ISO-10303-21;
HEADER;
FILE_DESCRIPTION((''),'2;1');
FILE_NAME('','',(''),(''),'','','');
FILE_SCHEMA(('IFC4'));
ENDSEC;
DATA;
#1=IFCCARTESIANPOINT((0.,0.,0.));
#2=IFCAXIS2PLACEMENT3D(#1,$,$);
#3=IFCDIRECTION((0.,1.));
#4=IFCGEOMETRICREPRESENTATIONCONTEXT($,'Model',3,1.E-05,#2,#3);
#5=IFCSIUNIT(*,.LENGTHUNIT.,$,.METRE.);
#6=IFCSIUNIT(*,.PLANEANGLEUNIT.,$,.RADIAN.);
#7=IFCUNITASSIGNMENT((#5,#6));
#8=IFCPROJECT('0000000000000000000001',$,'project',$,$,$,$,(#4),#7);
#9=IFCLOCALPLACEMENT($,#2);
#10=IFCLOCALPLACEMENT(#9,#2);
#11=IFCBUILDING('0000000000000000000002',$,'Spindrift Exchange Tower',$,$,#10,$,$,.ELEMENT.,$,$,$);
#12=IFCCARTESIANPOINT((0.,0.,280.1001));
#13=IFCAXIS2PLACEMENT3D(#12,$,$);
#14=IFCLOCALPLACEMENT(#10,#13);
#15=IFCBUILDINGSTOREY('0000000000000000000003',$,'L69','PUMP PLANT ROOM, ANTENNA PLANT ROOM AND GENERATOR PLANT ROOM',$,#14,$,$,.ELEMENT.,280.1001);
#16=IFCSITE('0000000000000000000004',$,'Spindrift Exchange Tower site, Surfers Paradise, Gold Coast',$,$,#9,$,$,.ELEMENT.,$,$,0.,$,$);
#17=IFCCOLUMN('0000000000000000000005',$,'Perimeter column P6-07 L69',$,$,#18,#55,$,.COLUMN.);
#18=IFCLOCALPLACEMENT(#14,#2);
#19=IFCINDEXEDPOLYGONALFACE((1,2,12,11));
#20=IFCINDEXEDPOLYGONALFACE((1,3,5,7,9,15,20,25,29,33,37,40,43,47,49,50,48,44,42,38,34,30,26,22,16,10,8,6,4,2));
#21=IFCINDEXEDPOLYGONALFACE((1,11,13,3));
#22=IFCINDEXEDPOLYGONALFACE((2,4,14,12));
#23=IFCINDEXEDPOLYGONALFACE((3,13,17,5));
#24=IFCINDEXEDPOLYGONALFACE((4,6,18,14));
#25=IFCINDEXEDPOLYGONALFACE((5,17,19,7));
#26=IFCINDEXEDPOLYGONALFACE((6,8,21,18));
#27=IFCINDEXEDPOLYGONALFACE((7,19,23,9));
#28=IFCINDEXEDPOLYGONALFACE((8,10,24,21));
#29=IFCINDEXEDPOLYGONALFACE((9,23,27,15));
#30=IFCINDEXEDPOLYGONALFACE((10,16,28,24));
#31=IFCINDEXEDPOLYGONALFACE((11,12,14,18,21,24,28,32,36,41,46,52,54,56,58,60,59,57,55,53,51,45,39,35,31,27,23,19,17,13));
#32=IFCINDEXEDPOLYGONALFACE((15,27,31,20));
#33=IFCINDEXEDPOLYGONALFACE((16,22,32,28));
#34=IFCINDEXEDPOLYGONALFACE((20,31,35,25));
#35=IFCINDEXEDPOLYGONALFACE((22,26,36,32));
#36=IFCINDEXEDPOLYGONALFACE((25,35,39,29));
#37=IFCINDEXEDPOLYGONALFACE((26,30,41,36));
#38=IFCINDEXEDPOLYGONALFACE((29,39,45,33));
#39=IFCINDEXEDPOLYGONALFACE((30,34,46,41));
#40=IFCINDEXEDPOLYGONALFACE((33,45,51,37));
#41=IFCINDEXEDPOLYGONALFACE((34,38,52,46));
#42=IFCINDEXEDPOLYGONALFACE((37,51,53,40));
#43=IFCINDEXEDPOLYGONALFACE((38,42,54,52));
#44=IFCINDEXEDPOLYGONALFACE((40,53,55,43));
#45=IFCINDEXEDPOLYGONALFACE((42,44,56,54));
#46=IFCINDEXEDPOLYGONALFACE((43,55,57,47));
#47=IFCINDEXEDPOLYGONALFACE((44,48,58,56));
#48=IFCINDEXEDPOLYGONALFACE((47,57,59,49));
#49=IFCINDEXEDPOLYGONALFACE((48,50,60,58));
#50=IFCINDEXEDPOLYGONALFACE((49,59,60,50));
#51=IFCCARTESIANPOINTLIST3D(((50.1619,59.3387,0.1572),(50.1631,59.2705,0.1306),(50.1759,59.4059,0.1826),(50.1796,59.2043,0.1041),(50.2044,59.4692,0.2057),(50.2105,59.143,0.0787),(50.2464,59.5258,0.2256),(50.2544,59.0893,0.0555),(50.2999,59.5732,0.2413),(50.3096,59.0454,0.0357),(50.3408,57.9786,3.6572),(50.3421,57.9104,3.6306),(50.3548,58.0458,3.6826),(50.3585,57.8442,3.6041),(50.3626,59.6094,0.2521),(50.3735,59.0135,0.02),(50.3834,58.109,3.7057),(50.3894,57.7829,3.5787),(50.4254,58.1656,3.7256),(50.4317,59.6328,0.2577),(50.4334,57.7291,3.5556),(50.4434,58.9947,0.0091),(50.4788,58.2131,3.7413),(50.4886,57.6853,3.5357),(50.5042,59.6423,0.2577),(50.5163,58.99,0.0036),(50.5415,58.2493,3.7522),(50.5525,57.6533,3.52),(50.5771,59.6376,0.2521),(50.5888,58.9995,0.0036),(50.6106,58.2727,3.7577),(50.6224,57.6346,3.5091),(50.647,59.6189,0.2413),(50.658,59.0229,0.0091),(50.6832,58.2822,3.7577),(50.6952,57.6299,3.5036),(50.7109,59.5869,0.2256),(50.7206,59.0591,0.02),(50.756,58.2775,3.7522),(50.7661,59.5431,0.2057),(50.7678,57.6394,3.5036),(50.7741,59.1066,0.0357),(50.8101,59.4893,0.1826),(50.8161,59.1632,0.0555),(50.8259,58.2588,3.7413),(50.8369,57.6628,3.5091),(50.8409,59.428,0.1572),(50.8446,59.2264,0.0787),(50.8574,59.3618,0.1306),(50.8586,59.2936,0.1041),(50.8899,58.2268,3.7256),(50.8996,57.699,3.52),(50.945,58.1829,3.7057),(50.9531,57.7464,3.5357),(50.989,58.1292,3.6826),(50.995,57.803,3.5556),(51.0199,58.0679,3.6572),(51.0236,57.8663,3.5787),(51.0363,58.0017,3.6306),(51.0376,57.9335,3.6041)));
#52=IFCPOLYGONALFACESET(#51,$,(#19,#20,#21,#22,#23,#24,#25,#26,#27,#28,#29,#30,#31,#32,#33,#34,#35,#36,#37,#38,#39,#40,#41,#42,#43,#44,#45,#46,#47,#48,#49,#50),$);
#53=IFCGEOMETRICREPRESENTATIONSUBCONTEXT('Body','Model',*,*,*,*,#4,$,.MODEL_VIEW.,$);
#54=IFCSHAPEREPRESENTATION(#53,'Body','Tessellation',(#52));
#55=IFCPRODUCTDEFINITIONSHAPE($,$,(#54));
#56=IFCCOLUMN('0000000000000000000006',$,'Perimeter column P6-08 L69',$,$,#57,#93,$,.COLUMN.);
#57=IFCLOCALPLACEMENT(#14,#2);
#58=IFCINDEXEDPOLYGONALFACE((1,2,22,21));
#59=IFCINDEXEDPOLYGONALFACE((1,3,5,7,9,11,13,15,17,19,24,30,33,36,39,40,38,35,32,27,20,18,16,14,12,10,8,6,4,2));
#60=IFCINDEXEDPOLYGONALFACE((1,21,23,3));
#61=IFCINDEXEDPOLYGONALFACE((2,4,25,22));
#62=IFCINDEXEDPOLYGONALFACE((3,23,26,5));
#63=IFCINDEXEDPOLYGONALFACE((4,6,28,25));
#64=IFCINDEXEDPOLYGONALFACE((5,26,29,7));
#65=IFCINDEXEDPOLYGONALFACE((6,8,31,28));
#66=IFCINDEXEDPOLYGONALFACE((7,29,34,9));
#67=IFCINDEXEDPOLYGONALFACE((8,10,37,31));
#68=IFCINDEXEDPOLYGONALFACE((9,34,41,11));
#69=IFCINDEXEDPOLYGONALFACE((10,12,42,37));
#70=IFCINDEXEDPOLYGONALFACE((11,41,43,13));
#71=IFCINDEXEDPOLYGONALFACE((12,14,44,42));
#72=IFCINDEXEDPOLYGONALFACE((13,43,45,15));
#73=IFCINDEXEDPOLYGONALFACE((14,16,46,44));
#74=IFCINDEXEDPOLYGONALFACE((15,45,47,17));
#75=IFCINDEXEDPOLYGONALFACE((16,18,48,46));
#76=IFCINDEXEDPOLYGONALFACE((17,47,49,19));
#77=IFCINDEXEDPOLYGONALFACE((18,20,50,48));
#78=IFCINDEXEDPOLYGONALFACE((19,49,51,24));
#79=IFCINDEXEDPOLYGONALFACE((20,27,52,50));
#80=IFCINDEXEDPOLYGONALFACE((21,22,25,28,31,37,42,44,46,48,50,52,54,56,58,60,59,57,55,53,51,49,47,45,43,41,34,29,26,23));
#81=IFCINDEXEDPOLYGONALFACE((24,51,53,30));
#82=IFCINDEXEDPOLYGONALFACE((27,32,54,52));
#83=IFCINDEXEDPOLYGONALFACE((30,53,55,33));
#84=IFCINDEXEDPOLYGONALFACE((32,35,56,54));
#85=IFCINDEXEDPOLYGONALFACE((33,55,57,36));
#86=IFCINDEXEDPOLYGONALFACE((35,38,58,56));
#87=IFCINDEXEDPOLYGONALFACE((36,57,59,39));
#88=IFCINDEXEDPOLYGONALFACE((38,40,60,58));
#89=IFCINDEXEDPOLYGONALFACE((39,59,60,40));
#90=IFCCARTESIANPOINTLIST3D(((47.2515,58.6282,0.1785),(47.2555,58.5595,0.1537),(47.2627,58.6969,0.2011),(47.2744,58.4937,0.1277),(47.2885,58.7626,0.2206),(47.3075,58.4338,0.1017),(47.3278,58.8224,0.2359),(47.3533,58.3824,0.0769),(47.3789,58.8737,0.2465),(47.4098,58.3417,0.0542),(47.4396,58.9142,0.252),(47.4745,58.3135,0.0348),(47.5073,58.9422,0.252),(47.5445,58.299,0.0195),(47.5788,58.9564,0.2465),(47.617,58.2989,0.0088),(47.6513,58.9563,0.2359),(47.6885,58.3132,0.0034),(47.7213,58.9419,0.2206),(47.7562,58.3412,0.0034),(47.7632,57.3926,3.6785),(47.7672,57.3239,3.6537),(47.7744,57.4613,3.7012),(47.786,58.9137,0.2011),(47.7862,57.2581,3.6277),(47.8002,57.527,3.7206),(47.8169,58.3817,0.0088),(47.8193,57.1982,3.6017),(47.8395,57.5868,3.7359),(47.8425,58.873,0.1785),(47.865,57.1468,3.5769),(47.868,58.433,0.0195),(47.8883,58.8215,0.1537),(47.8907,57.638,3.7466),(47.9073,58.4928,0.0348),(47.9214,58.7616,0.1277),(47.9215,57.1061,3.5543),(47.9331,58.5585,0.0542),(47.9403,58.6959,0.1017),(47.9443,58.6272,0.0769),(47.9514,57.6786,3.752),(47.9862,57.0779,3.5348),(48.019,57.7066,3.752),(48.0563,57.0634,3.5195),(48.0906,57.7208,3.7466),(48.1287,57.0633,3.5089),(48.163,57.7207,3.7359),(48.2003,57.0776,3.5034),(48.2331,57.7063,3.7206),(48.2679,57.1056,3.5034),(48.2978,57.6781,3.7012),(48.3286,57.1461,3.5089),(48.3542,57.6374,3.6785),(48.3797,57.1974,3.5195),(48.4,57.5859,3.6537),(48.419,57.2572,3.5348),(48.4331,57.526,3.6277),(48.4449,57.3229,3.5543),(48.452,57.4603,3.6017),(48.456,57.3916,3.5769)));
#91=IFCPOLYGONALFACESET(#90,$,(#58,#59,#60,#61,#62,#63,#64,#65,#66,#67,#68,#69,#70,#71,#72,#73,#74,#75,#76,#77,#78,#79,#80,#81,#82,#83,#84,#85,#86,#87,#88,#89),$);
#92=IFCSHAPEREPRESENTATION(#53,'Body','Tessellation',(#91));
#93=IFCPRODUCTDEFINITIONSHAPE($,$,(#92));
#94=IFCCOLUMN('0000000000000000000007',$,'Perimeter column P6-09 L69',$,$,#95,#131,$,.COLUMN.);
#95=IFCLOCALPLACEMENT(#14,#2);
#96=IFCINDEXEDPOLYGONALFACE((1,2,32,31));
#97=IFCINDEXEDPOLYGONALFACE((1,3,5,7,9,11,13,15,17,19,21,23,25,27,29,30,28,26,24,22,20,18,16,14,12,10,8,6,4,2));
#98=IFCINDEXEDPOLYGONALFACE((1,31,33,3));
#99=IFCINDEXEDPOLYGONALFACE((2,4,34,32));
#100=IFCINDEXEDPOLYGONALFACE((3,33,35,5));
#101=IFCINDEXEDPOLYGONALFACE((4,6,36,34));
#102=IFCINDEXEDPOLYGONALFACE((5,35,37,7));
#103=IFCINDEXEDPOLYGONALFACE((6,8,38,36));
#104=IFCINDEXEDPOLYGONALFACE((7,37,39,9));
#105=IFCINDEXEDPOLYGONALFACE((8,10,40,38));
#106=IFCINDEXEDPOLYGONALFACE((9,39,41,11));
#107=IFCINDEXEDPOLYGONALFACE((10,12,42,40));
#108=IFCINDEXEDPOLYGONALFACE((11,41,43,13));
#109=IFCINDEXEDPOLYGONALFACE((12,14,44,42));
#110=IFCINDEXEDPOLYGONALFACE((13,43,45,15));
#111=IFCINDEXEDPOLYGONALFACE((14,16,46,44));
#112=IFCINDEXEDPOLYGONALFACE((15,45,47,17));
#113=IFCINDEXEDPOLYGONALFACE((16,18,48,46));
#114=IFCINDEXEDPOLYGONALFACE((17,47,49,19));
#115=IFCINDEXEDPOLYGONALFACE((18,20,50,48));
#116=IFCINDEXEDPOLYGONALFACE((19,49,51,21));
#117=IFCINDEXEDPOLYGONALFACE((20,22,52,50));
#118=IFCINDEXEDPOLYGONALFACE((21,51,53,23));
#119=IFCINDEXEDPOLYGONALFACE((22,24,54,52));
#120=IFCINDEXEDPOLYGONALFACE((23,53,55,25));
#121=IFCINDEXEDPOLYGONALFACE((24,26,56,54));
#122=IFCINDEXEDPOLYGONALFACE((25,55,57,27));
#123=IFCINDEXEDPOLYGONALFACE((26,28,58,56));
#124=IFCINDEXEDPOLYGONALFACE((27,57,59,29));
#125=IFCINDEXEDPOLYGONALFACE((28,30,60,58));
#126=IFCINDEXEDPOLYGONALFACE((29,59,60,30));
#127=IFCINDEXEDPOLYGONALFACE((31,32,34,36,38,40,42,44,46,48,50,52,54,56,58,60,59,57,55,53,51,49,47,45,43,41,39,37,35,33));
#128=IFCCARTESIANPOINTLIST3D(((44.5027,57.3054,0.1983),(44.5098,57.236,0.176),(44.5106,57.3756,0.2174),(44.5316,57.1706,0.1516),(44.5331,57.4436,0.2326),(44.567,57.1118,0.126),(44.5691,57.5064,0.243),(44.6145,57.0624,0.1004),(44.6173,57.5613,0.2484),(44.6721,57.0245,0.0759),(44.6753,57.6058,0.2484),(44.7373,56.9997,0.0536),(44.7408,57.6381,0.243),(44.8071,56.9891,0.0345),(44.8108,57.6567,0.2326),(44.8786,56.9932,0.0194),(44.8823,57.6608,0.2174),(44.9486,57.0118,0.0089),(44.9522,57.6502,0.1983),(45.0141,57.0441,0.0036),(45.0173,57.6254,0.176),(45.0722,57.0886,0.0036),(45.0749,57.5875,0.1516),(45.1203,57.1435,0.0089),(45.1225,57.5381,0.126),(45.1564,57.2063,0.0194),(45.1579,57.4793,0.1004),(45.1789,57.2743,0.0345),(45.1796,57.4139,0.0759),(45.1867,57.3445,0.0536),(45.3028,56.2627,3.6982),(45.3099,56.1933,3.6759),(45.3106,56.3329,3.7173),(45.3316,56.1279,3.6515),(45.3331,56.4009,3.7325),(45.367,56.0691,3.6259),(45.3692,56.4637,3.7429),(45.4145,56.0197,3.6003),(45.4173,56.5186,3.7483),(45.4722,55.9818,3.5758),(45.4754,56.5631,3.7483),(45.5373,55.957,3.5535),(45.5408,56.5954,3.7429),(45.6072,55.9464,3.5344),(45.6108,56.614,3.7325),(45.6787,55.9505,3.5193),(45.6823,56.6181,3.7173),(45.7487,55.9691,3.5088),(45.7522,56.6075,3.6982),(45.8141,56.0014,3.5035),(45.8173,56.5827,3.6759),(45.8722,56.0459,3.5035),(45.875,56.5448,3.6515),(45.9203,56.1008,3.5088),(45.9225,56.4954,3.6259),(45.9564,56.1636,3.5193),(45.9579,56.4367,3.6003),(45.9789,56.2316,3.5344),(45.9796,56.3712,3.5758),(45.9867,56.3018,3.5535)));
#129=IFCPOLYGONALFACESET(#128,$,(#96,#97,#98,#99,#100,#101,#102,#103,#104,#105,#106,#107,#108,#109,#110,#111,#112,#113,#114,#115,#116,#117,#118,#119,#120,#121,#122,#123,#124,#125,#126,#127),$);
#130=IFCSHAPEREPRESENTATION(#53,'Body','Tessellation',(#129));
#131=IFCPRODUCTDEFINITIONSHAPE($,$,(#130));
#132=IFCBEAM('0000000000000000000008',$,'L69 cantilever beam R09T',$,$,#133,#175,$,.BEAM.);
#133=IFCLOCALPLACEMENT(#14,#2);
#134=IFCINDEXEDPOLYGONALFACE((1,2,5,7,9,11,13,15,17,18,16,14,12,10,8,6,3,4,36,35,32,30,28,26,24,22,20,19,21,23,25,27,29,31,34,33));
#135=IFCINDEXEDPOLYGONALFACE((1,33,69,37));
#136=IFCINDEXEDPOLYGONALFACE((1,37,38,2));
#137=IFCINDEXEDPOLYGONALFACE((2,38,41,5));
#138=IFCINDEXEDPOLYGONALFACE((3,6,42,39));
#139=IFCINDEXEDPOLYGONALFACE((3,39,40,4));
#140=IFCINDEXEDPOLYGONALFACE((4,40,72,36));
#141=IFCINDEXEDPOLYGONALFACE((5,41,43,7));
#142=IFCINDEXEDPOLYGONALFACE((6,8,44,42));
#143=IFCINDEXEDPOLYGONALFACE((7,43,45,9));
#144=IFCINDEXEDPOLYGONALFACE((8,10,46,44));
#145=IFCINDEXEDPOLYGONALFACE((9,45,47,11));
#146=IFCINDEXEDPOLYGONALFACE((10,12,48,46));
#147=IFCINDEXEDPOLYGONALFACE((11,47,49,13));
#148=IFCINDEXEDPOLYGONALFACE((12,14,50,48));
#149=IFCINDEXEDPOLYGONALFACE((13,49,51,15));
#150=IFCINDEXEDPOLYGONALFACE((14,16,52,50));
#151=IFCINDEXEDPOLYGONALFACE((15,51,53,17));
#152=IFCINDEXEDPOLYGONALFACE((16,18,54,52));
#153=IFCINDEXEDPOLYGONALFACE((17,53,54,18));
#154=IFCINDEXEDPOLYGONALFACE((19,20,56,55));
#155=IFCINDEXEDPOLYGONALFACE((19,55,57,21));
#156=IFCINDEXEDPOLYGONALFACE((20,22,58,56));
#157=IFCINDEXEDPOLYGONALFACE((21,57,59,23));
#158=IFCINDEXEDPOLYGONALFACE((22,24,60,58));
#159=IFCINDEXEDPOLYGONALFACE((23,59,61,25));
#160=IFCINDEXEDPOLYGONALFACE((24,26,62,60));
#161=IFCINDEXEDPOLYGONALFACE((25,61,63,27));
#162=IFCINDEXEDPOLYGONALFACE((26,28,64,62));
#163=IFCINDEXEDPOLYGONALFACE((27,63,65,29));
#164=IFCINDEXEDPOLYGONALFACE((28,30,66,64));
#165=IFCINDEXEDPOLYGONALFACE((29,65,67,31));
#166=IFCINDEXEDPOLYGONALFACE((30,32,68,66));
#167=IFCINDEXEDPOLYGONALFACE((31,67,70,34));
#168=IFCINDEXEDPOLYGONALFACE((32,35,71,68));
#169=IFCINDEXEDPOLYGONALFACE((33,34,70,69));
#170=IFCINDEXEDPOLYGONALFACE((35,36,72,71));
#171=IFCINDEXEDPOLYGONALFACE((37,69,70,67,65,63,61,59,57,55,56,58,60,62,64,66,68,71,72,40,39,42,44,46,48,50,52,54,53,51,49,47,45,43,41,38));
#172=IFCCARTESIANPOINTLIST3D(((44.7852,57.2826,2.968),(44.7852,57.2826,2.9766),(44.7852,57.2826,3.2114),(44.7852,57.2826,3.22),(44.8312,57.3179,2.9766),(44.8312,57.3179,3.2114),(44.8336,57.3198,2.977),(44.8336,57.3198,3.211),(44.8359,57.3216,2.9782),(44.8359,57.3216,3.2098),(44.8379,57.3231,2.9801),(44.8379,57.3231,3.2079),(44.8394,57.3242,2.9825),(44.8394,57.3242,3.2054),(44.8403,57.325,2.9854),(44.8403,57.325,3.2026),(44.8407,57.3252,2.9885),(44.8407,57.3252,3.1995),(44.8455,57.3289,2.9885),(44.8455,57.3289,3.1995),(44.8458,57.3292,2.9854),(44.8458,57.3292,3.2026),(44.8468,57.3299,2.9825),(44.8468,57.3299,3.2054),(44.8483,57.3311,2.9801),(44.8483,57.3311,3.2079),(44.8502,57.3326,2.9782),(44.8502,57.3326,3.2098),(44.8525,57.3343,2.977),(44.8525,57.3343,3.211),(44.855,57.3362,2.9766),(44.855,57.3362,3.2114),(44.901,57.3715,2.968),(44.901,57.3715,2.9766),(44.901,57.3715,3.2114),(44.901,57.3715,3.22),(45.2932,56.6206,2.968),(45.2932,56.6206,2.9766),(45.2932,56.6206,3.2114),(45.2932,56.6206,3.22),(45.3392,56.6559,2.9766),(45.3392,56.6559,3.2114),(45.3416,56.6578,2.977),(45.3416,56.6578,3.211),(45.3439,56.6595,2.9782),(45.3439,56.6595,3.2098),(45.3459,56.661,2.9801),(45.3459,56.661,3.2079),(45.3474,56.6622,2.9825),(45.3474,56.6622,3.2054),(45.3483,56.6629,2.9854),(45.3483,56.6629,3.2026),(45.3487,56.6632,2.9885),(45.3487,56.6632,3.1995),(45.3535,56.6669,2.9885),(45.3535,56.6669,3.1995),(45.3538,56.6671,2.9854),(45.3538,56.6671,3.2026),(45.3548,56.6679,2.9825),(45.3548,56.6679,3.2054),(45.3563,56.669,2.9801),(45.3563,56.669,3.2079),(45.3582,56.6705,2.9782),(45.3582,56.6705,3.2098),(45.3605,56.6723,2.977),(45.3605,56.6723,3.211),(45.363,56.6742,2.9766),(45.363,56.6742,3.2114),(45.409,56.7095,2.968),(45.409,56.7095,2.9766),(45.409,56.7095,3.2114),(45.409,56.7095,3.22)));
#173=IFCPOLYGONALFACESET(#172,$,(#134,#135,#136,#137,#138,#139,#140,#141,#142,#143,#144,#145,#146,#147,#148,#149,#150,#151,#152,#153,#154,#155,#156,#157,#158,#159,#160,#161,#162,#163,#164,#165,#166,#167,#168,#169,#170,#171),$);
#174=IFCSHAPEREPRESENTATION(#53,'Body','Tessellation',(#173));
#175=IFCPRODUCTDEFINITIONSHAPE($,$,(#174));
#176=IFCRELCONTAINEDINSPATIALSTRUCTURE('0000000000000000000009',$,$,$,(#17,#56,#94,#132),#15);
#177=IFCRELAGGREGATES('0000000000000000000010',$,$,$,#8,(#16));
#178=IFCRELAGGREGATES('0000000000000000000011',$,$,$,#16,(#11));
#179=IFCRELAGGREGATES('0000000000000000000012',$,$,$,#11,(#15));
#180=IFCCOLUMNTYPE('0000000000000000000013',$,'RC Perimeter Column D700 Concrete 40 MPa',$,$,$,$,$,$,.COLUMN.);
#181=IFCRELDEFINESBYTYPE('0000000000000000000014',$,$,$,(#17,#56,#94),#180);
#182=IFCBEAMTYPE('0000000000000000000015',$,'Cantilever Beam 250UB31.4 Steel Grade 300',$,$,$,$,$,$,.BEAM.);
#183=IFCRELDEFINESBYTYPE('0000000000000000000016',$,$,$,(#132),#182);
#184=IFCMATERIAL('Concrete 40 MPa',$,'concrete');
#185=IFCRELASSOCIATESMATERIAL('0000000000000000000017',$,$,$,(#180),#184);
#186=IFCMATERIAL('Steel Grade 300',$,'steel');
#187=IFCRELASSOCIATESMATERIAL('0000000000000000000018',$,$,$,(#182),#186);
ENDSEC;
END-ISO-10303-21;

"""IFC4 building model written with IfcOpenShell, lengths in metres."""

from ifc_helpers import new_model, si_unit, direction, frame, origin, origin_2d, place, context, subcontext, project, spatial, circle, i_section, extrude, source, transform, mapped, material, material_profile, profile_set, type_object, element, save


model = new_model("IFC4")

# Units and contexts
model_context = context("Model", 3, precision=1e-05, world=origin(), true_north=direction((0.0, 1.0)))
body_context = subcontext(model_context, "Body", "Model", "MODEL_VIEW")
ifc_project = project(units=[si_unit("LENGTHUNIT", "METRE"), si_unit("PLANEANGLEUNIT", "RADIAN")], contexts=[model_context])

# Site, building, storey
site_placement = place(None, origin())
site = spatial("IfcSite", under=ifc_project, at=site_placement, Name="Spindrift Exchange Tower site, Surfers Paradise, Gold Coast", CompositionType="ELEMENT", RefElevation=0.0)
building_placement = place(site_placement, origin())
building = spatial("IfcBuilding", under=site, at=building_placement, Name="Spindrift Exchange Tower", CompositionType="ELEMENT")
storey_placement = place(building_placement, frame((0.0, 0.0, 280.1001)))
storey = spatial("IfcBuildingStorey", under=building, at=storey_placement, Name="L69", Description="PUMP PLANT ROOM, ANTENNA PLANT ROOM AND GENERATOR PLANT ROOM", CompositionType="ELEMENT", Elevation=280.1001)

# Columns
ifc_material_1 = material(Name="Concrete 40 MPa", Category="concrete")
ifc_material_profile_1 = material_profile(ifc_material_1, circle(Radius=0.3501, at=origin_2d()), Name="RC D700")
ifc_profile_set_1 = profile_set([ifc_material_profile_1], Name="Concrete 40 MPa")
column_type = type_object("IfcColumnType", Name="RC Perimeter Column D700 Concrete 40 MPa", PredefinedType="COLUMN", material=ifc_profile_set_1)
shared_shape_1 = source(origin(), body_context, "Body", "SweptSolid", [
    extrude(circle(Radius=0.3501, at=origin_2d()), origin(), (0.0, 0.0, 1.0), 3.7593),
])
column_1_placement = place(storey_placement, frame((50.5103, 59.3162, 0.1306), z_axis=(0.047604, -0.361803, 0.931038), x_axis=(0.991455, 0.13045, 0.0)))
element("IfcColumn", 1, at=column_1_placement, inside=storey, type_object=column_type, Name="Perimeter column P6-07 L69", PredefinedType="COLUMN", context=body_context, shape_type="MappedRepresentation", body=[
    mapped(shared_shape_1, transform((0.0, 0.0, 0.0), scale=1.0)),
])
shared_shape_2 = source(origin(), body_context, "Body", "SweptSolid", [
    extrude(circle(Radius=0.3501, at=origin_2d()), origin(), (0.0, 0.0, 1.0), 3.7468),
])
column_2_placement = place(storey_placement, frame((47.5979, 58.6277, 0.1277), z_axis=(0.136575, -0.329773, 0.934129), x_axis=(0.923901, 0.382631, 0.0)))
element("IfcColumn", 2, at=column_2_placement, inside=storey, type_object=column_type, Name="Perimeter column P6-08 L69", PredefinedType="COLUMN", context=body_context, shape_type="MappedRepresentation", body=[
    mapped(shared_shape_2, transform((0.0, 0.0, 0.0), scale=1.0)),
])
shared_shape_3 = source(origin(), body_context, "Body", "SweptSolid", [
    extrude(circle(Radius=0.3501, at=origin_2d()), origin(), (0.0, 0.0, 1.0), 3.7385),
])
column_3_placement = place(storey_placement, frame((44.8447, 57.325, 0.126), z_axis=(0.213995, -0.278906, 0.936172), x_axis=(0.793376, 0.608732, 0.0)))
element("IfcColumn", 3, at=column_3_placement, inside=storey, type_object=column_type, Name="Perimeter column P6-09 L69", PredefinedType="COLUMN", context=body_context, shape_type="MappedRepresentation", body=[
    mapped(shared_shape_3, transform((0.0, 0.0, 0.0), scale=1.0)),
])

# Beam
ifc_material_2 = material(Name="Steel Grade 300", Category="steel")
ifc_material_profile_2 = material_profile(ifc_material_2, i_section(OverallWidth=0.146, OverallDepth=0.252, WebThickness=0.0061, FlangeThickness=0.0085, FilletRadius=0.012, at=origin_2d()), Name="250UB31.4")
ifc_profile_set_2 = profile_set([ifc_material_profile_2], Name="Steel Grade 300")
beam_type_1 = type_object("IfcBeamType", Name="Cantilever Beam 250UB31.4 Steel Grade 300", PredefinedType="BEAM", material=ifc_profile_set_2)
shared_shape_4 = source(origin(), body_context, "Body", "SweptSolid", [
    extrude(i_section(OverallWidth=0.146, OverallDepth=0.252, WebThickness=0.0061, FlangeThickness=0.0085, FilletRadius=0.012, at=origin_2d()), origin(), (0.0, 0.0, 1.0), 0.8345),
])
beam_1_placement = place(storey_placement, frame((45.3511, 56.665, 3.094), z_axis=(-0.608763, 0.793352, 0.0), x_axis=(-0.793352, -0.608763, 0.0)))
element("IfcBeam", 4, at=beam_1_placement, inside=storey, type_object=beam_type_1, Name="L69 cantilever beam R09T", PredefinedType="BEAM", context=body_context, shape_type="MappedRepresentation", body=[
    mapped(shared_shape_4, transform((0.0, 0.0, 0.0), scale=1.0)),
])

save(model, "model.ifc")
